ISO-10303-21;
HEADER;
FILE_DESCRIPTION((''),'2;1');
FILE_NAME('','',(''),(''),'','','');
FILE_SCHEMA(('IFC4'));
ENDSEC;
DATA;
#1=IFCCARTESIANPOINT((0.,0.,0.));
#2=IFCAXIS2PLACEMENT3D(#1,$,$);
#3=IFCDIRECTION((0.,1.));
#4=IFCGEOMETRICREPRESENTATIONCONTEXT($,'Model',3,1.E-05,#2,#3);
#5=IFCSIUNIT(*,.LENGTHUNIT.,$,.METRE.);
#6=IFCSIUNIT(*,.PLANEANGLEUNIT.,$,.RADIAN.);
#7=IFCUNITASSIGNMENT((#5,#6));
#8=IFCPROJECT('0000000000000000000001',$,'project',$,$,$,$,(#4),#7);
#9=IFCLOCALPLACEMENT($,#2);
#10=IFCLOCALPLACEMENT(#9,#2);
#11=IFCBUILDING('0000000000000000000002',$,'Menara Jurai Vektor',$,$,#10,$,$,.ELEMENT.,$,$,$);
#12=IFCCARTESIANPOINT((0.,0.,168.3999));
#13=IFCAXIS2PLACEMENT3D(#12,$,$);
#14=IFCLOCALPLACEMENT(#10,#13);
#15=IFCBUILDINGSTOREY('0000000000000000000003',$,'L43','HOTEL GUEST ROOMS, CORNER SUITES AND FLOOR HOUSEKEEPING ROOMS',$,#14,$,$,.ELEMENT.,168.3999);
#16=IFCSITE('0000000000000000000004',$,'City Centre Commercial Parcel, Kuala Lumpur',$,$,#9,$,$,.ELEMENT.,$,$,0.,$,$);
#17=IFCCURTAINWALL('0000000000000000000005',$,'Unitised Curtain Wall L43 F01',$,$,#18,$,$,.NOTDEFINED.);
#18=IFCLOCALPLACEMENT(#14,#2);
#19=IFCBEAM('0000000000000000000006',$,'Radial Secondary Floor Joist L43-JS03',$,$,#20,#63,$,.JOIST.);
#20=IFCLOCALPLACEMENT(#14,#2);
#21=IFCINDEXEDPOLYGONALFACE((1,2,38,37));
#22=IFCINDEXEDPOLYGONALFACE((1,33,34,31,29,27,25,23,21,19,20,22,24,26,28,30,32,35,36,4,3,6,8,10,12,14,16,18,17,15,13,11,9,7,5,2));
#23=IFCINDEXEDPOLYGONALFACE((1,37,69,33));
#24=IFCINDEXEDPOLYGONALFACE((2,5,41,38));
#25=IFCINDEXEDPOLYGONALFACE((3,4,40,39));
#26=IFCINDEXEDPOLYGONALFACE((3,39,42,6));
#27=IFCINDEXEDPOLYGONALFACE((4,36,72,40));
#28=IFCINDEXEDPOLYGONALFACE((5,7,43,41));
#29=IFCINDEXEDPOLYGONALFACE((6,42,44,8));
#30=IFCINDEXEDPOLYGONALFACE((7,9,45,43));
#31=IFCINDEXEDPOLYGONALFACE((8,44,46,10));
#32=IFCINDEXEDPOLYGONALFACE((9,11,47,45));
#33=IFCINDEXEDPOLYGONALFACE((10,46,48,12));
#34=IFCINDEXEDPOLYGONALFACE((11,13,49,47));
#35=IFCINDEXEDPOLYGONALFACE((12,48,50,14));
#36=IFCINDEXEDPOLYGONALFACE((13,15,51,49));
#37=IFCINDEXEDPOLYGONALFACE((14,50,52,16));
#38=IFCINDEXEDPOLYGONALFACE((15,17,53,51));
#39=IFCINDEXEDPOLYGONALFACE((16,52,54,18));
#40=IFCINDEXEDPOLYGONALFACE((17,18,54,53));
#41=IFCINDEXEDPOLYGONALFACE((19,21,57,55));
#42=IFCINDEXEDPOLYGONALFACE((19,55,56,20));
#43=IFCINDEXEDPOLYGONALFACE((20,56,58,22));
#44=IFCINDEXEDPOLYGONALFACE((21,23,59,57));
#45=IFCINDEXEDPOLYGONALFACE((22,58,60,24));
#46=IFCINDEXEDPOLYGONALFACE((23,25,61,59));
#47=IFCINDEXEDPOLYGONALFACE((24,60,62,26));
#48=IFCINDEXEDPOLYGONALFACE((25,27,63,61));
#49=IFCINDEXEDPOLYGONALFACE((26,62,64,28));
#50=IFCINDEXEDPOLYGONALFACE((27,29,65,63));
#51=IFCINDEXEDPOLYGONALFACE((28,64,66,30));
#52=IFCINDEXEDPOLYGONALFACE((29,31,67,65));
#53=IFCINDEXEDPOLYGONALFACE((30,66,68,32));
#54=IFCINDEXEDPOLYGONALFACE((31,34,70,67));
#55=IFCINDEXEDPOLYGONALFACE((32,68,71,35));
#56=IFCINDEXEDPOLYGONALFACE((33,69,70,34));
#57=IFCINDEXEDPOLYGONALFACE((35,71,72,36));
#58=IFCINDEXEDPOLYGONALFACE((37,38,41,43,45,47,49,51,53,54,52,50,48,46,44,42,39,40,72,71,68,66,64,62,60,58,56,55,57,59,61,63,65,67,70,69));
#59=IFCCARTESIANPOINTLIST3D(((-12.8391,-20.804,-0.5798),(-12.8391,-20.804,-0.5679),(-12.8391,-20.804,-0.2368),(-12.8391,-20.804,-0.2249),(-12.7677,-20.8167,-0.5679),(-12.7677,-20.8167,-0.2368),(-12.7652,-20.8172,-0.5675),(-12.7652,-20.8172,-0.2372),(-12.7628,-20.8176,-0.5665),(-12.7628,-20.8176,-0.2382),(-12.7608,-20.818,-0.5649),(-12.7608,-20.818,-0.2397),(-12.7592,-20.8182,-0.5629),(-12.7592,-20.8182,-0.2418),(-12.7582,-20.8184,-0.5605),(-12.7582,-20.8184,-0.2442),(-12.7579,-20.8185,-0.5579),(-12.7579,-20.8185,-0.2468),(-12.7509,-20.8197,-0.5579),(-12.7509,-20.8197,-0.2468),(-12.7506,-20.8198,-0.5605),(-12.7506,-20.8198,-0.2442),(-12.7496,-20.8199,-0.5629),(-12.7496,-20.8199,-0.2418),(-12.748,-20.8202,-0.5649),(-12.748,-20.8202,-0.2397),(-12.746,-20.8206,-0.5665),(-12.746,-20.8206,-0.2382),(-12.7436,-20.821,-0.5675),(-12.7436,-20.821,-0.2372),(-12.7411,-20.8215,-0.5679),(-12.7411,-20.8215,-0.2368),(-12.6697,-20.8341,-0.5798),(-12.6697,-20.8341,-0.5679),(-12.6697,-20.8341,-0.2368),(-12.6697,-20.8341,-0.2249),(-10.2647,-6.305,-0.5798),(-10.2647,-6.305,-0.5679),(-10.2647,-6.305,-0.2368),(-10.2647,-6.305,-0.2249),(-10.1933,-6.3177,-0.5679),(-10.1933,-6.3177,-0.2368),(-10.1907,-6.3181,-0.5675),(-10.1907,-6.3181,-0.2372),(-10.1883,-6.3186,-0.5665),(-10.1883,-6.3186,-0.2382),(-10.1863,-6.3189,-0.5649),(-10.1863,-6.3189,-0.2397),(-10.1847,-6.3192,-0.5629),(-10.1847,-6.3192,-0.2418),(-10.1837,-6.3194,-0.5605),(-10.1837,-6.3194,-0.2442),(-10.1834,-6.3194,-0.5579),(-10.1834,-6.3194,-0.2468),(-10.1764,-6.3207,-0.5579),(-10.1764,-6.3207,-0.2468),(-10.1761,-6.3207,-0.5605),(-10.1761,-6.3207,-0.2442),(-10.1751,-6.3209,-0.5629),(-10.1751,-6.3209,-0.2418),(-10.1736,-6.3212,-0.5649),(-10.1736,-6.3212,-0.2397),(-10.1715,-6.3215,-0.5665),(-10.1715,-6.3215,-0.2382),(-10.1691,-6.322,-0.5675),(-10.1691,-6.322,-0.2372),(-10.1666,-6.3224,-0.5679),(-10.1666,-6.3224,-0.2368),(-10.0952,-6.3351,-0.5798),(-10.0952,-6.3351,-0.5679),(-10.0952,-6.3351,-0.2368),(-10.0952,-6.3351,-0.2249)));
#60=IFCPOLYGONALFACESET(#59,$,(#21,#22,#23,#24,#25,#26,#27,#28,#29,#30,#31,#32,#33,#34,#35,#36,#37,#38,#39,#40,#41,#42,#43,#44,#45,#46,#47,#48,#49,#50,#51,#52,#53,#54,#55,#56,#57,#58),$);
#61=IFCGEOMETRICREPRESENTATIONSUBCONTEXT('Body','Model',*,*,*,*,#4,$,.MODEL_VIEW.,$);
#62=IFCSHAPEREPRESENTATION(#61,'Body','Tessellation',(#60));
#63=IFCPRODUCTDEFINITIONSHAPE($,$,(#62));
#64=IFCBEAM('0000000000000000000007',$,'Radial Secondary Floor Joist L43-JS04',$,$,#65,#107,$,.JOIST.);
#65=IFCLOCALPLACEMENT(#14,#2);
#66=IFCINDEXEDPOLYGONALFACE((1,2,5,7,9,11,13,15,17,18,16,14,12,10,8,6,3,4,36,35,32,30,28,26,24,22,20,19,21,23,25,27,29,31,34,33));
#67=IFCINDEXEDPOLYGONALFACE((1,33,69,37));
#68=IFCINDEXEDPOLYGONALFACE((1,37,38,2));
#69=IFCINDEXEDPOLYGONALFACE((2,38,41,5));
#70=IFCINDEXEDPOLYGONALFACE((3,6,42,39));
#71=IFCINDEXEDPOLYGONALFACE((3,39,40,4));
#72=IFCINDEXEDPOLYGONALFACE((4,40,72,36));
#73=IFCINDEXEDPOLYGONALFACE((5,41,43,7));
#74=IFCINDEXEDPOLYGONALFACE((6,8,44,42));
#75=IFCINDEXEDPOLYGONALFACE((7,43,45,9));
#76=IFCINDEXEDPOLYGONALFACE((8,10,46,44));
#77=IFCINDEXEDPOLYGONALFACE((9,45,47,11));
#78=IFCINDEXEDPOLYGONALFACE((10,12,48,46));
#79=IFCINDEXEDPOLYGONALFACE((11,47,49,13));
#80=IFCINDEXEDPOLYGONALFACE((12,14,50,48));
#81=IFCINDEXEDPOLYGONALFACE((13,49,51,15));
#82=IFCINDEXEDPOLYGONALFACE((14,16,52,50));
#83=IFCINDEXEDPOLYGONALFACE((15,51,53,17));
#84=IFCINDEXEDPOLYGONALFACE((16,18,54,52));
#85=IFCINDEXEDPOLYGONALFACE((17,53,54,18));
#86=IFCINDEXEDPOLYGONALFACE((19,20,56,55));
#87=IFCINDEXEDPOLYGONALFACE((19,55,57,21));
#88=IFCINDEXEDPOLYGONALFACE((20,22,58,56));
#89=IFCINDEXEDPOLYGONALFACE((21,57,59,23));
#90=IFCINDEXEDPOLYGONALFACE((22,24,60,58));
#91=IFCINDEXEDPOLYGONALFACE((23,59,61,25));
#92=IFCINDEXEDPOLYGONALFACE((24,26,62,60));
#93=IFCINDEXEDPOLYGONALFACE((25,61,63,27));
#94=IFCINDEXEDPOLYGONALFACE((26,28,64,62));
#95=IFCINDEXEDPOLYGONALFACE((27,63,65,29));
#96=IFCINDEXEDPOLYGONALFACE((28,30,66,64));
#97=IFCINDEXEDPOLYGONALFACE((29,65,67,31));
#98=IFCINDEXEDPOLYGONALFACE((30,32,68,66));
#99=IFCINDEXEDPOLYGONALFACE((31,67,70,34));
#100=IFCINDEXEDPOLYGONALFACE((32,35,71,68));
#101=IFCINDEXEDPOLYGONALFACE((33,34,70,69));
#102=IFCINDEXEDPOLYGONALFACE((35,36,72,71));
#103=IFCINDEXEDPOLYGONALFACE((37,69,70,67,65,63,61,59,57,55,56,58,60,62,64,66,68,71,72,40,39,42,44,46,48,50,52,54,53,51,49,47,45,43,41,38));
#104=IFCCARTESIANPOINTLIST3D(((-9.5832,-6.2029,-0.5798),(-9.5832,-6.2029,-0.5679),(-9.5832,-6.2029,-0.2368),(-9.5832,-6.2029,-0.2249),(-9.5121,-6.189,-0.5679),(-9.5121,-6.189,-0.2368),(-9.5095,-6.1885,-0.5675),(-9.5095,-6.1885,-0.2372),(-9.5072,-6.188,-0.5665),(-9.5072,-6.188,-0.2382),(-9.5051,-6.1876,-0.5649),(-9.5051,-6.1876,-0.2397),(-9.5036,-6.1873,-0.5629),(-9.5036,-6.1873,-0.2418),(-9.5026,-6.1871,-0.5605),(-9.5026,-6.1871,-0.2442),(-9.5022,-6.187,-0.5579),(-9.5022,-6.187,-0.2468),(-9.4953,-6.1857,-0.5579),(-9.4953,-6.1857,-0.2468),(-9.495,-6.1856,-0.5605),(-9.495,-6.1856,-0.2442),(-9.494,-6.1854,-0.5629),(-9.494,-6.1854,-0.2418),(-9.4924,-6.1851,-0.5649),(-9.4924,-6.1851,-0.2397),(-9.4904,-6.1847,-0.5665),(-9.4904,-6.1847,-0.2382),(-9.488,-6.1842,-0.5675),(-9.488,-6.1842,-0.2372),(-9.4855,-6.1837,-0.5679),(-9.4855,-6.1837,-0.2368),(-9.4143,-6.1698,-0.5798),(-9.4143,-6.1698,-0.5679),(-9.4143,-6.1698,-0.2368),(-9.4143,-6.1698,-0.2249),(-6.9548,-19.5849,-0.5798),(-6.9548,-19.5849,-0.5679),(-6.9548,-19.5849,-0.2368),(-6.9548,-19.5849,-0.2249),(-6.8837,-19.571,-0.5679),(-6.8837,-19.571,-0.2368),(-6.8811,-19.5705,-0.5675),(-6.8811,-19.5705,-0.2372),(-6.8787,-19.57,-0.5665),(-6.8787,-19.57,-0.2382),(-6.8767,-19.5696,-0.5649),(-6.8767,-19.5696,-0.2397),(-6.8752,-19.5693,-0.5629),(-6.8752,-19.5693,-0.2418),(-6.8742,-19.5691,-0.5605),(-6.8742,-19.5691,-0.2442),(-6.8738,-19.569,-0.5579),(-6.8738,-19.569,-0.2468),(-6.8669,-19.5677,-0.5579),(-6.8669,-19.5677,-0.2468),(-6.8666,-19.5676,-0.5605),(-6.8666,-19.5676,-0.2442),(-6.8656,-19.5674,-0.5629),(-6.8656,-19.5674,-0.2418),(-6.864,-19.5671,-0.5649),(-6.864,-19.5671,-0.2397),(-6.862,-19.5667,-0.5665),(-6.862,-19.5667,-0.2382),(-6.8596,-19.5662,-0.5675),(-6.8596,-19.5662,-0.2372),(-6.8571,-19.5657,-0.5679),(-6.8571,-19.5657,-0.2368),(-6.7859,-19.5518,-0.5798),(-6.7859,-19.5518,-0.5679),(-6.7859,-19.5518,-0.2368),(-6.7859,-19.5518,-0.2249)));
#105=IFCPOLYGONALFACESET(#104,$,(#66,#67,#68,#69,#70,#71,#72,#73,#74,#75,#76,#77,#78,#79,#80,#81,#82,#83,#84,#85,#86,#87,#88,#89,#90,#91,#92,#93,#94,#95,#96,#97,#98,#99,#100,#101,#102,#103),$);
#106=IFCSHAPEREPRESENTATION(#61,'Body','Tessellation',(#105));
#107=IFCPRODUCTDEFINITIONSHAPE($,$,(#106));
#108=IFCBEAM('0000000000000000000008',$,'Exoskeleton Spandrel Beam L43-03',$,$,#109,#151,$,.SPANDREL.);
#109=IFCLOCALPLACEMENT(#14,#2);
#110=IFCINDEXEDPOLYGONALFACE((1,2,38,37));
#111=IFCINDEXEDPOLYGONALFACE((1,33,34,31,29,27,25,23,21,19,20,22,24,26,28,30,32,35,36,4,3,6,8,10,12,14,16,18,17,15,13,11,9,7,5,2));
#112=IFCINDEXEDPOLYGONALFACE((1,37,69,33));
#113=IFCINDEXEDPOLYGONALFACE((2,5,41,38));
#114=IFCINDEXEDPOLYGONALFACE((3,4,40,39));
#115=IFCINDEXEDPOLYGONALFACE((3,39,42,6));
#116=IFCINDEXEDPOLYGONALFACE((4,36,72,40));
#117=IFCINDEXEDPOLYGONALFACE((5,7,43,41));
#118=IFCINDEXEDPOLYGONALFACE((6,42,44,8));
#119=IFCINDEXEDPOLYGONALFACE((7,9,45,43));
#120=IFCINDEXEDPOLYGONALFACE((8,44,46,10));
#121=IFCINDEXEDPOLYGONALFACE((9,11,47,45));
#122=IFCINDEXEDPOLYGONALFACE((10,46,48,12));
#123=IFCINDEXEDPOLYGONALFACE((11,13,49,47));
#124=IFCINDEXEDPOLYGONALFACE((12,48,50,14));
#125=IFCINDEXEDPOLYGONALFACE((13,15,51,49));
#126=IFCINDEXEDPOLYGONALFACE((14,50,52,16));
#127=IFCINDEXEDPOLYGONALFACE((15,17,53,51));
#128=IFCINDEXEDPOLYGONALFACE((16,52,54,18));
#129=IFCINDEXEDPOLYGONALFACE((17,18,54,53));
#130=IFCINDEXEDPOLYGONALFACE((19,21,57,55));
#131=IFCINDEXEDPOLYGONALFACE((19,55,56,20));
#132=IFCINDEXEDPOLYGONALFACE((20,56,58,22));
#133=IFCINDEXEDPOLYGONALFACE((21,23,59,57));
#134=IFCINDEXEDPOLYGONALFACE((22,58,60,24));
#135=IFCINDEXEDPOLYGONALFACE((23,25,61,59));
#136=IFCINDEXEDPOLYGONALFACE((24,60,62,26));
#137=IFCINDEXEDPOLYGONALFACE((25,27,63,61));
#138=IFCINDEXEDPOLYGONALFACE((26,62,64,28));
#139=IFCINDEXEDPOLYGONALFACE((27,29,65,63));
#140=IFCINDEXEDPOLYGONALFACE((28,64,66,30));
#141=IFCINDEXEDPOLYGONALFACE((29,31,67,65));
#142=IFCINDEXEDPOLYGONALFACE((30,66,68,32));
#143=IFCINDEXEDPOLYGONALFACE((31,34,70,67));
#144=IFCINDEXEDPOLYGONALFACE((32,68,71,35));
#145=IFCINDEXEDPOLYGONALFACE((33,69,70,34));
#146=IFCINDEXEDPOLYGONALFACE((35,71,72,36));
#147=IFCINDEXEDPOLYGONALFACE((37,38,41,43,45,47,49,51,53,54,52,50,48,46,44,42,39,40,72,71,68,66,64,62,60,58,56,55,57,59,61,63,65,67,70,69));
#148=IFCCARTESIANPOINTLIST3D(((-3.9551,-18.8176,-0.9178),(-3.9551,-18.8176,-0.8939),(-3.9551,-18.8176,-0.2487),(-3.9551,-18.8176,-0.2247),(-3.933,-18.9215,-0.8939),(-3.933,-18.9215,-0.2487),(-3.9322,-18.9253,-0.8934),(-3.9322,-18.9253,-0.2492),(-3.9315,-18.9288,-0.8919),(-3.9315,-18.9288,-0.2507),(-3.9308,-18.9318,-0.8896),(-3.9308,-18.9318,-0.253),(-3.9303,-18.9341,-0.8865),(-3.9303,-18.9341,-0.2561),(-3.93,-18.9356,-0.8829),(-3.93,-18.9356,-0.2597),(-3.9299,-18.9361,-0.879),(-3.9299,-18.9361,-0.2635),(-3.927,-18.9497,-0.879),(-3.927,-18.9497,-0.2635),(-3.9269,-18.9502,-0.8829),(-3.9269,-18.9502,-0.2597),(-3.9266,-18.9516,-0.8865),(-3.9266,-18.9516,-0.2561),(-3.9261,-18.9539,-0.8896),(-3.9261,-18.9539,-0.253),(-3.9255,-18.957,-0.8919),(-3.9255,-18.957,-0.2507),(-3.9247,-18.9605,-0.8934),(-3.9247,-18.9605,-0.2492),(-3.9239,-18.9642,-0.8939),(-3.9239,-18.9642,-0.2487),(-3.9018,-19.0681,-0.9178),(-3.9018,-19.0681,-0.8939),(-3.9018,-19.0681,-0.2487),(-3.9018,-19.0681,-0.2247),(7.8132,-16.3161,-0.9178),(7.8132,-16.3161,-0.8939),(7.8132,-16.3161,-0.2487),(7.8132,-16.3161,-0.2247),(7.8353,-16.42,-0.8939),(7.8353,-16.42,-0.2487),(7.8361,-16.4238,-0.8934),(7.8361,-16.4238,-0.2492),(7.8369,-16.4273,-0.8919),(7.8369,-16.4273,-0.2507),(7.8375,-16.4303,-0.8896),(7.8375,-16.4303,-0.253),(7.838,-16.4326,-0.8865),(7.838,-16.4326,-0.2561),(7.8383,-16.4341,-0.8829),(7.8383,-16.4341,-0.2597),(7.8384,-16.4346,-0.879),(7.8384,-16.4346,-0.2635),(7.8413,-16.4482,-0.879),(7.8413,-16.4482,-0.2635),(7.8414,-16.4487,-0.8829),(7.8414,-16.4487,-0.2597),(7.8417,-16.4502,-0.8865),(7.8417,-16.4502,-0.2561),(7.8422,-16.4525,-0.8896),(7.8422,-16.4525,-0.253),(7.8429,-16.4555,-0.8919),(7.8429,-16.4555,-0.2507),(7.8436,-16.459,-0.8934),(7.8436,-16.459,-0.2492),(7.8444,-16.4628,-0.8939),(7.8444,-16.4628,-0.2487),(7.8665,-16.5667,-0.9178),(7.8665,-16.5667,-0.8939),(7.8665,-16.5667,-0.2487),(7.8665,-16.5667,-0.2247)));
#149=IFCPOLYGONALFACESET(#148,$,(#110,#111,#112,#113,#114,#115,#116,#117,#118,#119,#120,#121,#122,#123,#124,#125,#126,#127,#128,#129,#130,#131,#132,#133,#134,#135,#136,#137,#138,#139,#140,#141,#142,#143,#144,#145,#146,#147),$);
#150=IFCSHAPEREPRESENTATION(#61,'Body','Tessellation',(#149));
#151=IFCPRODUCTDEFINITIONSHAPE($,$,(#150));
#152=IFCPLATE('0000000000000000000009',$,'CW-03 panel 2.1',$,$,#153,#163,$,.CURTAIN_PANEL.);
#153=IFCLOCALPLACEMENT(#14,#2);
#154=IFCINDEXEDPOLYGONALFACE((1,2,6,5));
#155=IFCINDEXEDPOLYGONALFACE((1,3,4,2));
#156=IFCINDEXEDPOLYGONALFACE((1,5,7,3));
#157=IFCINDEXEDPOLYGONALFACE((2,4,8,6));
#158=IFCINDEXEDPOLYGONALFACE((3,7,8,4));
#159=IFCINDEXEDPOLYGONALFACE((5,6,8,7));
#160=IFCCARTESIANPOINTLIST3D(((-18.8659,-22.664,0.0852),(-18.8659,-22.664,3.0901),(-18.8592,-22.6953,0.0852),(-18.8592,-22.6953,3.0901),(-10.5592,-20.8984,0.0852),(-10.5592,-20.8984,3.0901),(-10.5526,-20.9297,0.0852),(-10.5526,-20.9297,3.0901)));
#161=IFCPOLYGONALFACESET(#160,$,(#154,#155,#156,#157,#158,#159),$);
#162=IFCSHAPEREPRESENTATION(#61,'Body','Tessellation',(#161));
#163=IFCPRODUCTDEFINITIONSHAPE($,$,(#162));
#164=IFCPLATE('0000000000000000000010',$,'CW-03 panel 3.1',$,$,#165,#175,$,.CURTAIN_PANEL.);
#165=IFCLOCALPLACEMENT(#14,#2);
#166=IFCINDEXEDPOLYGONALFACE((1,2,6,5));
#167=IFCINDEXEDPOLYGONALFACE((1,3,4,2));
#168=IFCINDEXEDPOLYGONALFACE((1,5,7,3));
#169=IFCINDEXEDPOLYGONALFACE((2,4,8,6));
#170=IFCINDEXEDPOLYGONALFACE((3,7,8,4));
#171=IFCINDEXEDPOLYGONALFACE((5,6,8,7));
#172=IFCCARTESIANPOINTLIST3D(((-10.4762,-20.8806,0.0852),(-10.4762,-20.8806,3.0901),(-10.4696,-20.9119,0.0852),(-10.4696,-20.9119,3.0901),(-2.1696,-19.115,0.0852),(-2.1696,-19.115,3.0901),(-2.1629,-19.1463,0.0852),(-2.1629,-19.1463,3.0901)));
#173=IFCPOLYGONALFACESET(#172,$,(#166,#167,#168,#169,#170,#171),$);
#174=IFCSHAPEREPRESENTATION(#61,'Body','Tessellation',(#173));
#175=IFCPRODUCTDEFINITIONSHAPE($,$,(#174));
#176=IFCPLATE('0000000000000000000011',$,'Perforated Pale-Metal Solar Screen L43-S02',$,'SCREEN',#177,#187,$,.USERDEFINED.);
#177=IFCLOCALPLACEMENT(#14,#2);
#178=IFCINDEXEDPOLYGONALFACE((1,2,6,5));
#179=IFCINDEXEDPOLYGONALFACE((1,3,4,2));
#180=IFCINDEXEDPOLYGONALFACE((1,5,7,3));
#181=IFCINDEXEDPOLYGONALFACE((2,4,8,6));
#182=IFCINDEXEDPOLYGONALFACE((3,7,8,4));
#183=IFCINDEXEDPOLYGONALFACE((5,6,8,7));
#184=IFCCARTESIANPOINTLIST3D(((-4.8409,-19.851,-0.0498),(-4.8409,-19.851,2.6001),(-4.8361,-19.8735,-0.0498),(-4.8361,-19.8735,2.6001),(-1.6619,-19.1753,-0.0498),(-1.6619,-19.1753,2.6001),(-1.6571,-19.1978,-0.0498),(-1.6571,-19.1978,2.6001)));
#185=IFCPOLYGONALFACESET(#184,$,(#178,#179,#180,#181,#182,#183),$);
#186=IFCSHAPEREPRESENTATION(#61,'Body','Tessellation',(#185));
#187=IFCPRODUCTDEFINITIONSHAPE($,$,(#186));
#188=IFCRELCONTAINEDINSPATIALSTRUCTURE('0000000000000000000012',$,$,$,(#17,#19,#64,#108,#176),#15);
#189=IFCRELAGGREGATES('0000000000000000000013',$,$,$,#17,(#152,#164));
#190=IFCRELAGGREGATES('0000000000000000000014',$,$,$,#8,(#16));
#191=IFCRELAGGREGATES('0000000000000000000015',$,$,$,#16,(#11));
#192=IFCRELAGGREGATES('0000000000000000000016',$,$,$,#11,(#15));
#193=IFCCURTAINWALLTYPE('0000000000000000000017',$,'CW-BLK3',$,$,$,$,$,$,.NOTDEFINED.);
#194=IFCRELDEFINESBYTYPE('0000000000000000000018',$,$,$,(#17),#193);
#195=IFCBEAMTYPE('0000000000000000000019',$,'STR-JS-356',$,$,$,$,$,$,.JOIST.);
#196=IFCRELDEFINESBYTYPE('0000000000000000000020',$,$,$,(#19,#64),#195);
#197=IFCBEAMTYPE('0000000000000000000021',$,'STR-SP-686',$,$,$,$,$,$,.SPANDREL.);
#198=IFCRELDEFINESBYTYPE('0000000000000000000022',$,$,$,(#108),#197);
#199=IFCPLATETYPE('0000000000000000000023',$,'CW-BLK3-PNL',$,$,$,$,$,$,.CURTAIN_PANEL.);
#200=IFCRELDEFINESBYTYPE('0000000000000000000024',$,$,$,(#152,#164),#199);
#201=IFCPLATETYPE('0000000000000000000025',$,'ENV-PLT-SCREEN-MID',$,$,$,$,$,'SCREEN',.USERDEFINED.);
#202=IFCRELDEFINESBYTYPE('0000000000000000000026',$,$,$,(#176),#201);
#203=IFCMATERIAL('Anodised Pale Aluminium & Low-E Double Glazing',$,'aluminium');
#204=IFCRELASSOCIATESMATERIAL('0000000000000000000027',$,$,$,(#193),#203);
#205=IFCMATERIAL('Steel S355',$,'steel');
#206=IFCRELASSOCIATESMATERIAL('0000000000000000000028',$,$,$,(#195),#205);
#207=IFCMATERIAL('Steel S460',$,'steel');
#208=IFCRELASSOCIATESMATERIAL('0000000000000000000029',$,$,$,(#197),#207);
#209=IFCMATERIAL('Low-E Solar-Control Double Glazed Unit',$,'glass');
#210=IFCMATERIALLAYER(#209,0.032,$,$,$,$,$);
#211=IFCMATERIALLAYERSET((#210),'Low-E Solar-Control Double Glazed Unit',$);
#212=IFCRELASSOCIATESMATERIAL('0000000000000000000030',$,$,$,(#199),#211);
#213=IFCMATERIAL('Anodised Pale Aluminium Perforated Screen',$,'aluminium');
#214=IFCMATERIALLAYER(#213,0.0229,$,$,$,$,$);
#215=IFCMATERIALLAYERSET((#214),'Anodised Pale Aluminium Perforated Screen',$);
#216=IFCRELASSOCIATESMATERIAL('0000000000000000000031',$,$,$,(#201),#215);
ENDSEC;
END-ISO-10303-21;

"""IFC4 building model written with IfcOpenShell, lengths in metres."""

from ifc_helpers import new_model, si_unit, direction, frame, origin, origin_2d, place, context, subcontext, project, spatial, rectangle, i_section, extrude, material, layer, layer_set, material_profile, profile_set, type_object, element, aggregate, save


model = new_model("IFC4")

# Units and contexts
model_context = context("Model", 3, precision=1e-05, world=origin(), true_north=direction((0.0, 1.0)))
body_context = subcontext(model_context, "Body", "Model", "MODEL_VIEW")
ifc_project = project(units=[si_unit("LENGTHUNIT", "METRE"), si_unit("PLANEANGLEUNIT", "RADIAN")], contexts=[model_context])

# Site, building, storey
site_placement = place(None, origin())
site = spatial("IfcSite", under=ifc_project, at=site_placement, Name="City Centre Commercial Parcel, Kuala Lumpur", CompositionType="ELEMENT", RefElevation=0.0)
building_placement = place(site_placement, origin())
building = spatial("IfcBuilding", under=site, at=building_placement, Name="Menara Jurai Vektor", CompositionType="ELEMENT")
storey_placement = place(building_placement, frame((0.0, 0.0, 168.3999)))
storey = spatial("IfcBuildingStorey", under=building, at=storey_placement, Name="L43", Description="HOTEL GUEST ROOMS, CORNER SUITES AND FLOOR HOUSEKEEPING ROOMS", CompositionType="ELEMENT", Elevation=168.3999)

# Shared definitions
ifc_material_1 = material(Name="Steel S460", Category="steel")

# Curtain wall
ifc_material_2 = material(Name="Anodised Pale Aluminium & Low-E Double Glazing", Category="aluminium")
curtain_wall_type = type_object("IfcCurtainWallType", Name="CW-BLK3", PredefinedType="NOTDEFINED", material=ifc_material_2)
curtain_wall_placement = place(storey_placement, origin())
curtain_wall = element("IfcCurtainWall", 1, at=curtain_wall_placement, inside=storey, type_object=curtain_wall_type, Name="Unitised Curtain Wall L43 F01", PredefinedType="NOTDEFINED")

# Beams
ifc_material_3 = material(Name="Steel S355", Category="steel")
ifc_material_profile_1 = material_profile(ifc_material_3, i_section(OverallWidth=0.1721, OverallDepth=0.355, WebThickness=0.0071, FlangeThickness=0.012, FilletRadius=0.01, at=origin_2d()), Name="UKB 356x171x51")
ifc_profile_set_1 = profile_set([ifc_material_profile_1], Name="Steel S355")
beam_type_1 = type_object("IfcBeamType", Name="STR-JS-356", PredefinedType="JOIST", material=ifc_profile_set_1)
beam_1_placement = place(storey_placement, frame((-12.7544, -20.8191, -0.4023), z_axis=(0.174827, 0.984599, 0.0), x_axis=(-0.984599, 0.174827, 0.0)))
element("IfcBeam", 2, at=beam_1_placement, inside=storey, type_object=beam_type_1, Name="Radial Secondary Floor Joist L43-JS03", PredefinedType="JOIST", context=body_context, shape_type="SweptSolid", body=[
    extrude(i_section(OverallWidth=0.1721, OverallDepth=0.355, WebThickness=0.0071, FlangeThickness=0.012, FilletRadius=0.01, at=origin_2d()), origin(), (0.0, 0.0, 1.0), 14.7258),
])
beam_2_placement = place(storey_placement, frame((-6.8704, -19.5684, -0.4023), z_axis=(-0.192731, 0.981252, 0.0), x_axis=(-0.981252, -0.192731, 0.0)))
element("IfcBeam", 3, at=beam_2_placement, inside=storey, type_object=beam_type_1, Name="Radial Secondary Floor Joist L43-JS04", PredefinedType="JOIST", context=body_context, shape_type="SweptSolid", body=[
    extrude(i_section(OverallWidth=0.1721, OverallDepth=0.355, WebThickness=0.0071, FlangeThickness=0.012, FilletRadius=0.01, at=origin_2d()), origin(), (0.0, 0.0, 1.0), 13.6377),
])
ifc_material_profile_2 = material_profile(ifc_material_1, i_section(OverallWidth=0.2561, OverallDepth=0.6931, WebThickness=0.0139, FlangeThickness=0.0239, FilletRadius=0.0149, at=origin_2d()), Name="UKB 686x254x170")
ifc_profile_set_2 = profile_set([ifc_material_profile_2], Name="Steel S460")
beam_type_2 = type_object("IfcBeamType", Name="STR-SP-686", PredefinedType="SPANDREL", material=ifc_profile_set_2)
beam_3_placement = place(storey_placement, frame((-3.9285, -18.9429, -0.5713), z_axis=(0.978147, 0.207914, 0.0), x_axis=(-0.207914, 0.978147, 0.0)))
element("IfcBeam", 4, at=beam_3_placement, inside=storey, type_object=beam_type_2, Name="Exoskeleton Spandrel Beam L43-03", PredefinedType="SPANDREL", context=body_context, shape_type="SweptSolid", body=[
    extrude(i_section(OverallWidth=0.2561, OverallDepth=0.6931, WebThickness=0.0139, FlangeThickness=0.0239, FilletRadius=0.0149, at=origin_2d()), origin(), (0.0, 0.0, 1.0), 12.0312),
])

# Plates
ifc_material_4 = material(Name="Low-E Solar-Control Double Glazed Unit", Category="glass")
ifc_layer_1 = layer(ifc_material_4, 0.032)
ifc_layer_set_1 = layer_set([ifc_layer_1], Name="Low-E Solar-Control Double Glazed Unit")
plate_type_1 = type_object("IfcPlateType", Name="CW-BLK3-PNL", PredefinedType="CURTAIN_PANEL", material=ifc_layer_set_1)
plate_1_placement = place(storey_placement, frame((-14.7092, -21.7969, 0.0852), z_axis=(0.0, 0.0, 1.0), x_axis=(0.978148, 0.207911, 0.0)))
plate_1 = element("IfcPlate", 5, at=plate_1_placement, type_object=plate_type_1, Name="CW-03 panel 2.1", PredefinedType="CURTAIN_PANEL", context=body_context, shape_type="SweptSolid", body=[
    extrude(rectangle(XDim=8.4922, YDim=0.032, at=origin_2d()), origin(), (0.0, 0.0, 1.0), 3.0049),
])
plate_2_placement = place(storey_placement, frame((-6.3196, -20.0134, 0.0852), z_axis=(0.0, 0.0, 1.0), x_axis=(0.978148, 0.207911, 0.0)))
plate_2 = element("IfcPlate", 6, at=plate_2_placement, type_object=plate_type_1, Name="CW-03 panel 3.1", PredefinedType="CURTAIN_PANEL", context=body_context, shape_type="SweptSolid", body=[
    extrude(rectangle(XDim=8.4922, YDim=0.032, at=origin_2d()), origin(), (0.0, 0.0, 1.0), 3.0049),
])
aggregate(curtain_wall, [plate_1, plate_2])
ifc_material_5 = material(Name="Anodised Pale Aluminium Perforated Screen", Category="aluminium")
ifc_layer_2 = layer(ifc_material_5, 0.0229)
ifc_layer_set_2 = layer_set([ifc_layer_2], Name="Anodised Pale Aluminium Perforated Screen")
plate_type_2 = type_object("IfcPlateType", Name="ENV-PLT-SCREEN-MID", ElementType="SCREEN", PredefinedType="USERDEFINED", material=ifc_layer_set_2)
plate_3_placement = place(storey_placement, frame((-3.249, -19.5244, -0.0498), z_axis=(0.0, 0.0, 1.0), x_axis=(0.978148, 0.207912, 0.0)))
element("IfcPlate", 7, at=plate_3_placement, inside=storey, type_object=plate_type_2, Name="Perforated Pale-Metal Solar Screen L43-S02", ObjectType="SCREEN", PredefinedType="USERDEFINED", context=body_context, shape_type="SweptSolid", body=[
    extrude(rectangle(XDim=3.25, YDim=0.0229, at=origin_2d()), origin(), (0.0, 0.0, 1.0), 2.6499),
])

save(model, "model.ifc")
